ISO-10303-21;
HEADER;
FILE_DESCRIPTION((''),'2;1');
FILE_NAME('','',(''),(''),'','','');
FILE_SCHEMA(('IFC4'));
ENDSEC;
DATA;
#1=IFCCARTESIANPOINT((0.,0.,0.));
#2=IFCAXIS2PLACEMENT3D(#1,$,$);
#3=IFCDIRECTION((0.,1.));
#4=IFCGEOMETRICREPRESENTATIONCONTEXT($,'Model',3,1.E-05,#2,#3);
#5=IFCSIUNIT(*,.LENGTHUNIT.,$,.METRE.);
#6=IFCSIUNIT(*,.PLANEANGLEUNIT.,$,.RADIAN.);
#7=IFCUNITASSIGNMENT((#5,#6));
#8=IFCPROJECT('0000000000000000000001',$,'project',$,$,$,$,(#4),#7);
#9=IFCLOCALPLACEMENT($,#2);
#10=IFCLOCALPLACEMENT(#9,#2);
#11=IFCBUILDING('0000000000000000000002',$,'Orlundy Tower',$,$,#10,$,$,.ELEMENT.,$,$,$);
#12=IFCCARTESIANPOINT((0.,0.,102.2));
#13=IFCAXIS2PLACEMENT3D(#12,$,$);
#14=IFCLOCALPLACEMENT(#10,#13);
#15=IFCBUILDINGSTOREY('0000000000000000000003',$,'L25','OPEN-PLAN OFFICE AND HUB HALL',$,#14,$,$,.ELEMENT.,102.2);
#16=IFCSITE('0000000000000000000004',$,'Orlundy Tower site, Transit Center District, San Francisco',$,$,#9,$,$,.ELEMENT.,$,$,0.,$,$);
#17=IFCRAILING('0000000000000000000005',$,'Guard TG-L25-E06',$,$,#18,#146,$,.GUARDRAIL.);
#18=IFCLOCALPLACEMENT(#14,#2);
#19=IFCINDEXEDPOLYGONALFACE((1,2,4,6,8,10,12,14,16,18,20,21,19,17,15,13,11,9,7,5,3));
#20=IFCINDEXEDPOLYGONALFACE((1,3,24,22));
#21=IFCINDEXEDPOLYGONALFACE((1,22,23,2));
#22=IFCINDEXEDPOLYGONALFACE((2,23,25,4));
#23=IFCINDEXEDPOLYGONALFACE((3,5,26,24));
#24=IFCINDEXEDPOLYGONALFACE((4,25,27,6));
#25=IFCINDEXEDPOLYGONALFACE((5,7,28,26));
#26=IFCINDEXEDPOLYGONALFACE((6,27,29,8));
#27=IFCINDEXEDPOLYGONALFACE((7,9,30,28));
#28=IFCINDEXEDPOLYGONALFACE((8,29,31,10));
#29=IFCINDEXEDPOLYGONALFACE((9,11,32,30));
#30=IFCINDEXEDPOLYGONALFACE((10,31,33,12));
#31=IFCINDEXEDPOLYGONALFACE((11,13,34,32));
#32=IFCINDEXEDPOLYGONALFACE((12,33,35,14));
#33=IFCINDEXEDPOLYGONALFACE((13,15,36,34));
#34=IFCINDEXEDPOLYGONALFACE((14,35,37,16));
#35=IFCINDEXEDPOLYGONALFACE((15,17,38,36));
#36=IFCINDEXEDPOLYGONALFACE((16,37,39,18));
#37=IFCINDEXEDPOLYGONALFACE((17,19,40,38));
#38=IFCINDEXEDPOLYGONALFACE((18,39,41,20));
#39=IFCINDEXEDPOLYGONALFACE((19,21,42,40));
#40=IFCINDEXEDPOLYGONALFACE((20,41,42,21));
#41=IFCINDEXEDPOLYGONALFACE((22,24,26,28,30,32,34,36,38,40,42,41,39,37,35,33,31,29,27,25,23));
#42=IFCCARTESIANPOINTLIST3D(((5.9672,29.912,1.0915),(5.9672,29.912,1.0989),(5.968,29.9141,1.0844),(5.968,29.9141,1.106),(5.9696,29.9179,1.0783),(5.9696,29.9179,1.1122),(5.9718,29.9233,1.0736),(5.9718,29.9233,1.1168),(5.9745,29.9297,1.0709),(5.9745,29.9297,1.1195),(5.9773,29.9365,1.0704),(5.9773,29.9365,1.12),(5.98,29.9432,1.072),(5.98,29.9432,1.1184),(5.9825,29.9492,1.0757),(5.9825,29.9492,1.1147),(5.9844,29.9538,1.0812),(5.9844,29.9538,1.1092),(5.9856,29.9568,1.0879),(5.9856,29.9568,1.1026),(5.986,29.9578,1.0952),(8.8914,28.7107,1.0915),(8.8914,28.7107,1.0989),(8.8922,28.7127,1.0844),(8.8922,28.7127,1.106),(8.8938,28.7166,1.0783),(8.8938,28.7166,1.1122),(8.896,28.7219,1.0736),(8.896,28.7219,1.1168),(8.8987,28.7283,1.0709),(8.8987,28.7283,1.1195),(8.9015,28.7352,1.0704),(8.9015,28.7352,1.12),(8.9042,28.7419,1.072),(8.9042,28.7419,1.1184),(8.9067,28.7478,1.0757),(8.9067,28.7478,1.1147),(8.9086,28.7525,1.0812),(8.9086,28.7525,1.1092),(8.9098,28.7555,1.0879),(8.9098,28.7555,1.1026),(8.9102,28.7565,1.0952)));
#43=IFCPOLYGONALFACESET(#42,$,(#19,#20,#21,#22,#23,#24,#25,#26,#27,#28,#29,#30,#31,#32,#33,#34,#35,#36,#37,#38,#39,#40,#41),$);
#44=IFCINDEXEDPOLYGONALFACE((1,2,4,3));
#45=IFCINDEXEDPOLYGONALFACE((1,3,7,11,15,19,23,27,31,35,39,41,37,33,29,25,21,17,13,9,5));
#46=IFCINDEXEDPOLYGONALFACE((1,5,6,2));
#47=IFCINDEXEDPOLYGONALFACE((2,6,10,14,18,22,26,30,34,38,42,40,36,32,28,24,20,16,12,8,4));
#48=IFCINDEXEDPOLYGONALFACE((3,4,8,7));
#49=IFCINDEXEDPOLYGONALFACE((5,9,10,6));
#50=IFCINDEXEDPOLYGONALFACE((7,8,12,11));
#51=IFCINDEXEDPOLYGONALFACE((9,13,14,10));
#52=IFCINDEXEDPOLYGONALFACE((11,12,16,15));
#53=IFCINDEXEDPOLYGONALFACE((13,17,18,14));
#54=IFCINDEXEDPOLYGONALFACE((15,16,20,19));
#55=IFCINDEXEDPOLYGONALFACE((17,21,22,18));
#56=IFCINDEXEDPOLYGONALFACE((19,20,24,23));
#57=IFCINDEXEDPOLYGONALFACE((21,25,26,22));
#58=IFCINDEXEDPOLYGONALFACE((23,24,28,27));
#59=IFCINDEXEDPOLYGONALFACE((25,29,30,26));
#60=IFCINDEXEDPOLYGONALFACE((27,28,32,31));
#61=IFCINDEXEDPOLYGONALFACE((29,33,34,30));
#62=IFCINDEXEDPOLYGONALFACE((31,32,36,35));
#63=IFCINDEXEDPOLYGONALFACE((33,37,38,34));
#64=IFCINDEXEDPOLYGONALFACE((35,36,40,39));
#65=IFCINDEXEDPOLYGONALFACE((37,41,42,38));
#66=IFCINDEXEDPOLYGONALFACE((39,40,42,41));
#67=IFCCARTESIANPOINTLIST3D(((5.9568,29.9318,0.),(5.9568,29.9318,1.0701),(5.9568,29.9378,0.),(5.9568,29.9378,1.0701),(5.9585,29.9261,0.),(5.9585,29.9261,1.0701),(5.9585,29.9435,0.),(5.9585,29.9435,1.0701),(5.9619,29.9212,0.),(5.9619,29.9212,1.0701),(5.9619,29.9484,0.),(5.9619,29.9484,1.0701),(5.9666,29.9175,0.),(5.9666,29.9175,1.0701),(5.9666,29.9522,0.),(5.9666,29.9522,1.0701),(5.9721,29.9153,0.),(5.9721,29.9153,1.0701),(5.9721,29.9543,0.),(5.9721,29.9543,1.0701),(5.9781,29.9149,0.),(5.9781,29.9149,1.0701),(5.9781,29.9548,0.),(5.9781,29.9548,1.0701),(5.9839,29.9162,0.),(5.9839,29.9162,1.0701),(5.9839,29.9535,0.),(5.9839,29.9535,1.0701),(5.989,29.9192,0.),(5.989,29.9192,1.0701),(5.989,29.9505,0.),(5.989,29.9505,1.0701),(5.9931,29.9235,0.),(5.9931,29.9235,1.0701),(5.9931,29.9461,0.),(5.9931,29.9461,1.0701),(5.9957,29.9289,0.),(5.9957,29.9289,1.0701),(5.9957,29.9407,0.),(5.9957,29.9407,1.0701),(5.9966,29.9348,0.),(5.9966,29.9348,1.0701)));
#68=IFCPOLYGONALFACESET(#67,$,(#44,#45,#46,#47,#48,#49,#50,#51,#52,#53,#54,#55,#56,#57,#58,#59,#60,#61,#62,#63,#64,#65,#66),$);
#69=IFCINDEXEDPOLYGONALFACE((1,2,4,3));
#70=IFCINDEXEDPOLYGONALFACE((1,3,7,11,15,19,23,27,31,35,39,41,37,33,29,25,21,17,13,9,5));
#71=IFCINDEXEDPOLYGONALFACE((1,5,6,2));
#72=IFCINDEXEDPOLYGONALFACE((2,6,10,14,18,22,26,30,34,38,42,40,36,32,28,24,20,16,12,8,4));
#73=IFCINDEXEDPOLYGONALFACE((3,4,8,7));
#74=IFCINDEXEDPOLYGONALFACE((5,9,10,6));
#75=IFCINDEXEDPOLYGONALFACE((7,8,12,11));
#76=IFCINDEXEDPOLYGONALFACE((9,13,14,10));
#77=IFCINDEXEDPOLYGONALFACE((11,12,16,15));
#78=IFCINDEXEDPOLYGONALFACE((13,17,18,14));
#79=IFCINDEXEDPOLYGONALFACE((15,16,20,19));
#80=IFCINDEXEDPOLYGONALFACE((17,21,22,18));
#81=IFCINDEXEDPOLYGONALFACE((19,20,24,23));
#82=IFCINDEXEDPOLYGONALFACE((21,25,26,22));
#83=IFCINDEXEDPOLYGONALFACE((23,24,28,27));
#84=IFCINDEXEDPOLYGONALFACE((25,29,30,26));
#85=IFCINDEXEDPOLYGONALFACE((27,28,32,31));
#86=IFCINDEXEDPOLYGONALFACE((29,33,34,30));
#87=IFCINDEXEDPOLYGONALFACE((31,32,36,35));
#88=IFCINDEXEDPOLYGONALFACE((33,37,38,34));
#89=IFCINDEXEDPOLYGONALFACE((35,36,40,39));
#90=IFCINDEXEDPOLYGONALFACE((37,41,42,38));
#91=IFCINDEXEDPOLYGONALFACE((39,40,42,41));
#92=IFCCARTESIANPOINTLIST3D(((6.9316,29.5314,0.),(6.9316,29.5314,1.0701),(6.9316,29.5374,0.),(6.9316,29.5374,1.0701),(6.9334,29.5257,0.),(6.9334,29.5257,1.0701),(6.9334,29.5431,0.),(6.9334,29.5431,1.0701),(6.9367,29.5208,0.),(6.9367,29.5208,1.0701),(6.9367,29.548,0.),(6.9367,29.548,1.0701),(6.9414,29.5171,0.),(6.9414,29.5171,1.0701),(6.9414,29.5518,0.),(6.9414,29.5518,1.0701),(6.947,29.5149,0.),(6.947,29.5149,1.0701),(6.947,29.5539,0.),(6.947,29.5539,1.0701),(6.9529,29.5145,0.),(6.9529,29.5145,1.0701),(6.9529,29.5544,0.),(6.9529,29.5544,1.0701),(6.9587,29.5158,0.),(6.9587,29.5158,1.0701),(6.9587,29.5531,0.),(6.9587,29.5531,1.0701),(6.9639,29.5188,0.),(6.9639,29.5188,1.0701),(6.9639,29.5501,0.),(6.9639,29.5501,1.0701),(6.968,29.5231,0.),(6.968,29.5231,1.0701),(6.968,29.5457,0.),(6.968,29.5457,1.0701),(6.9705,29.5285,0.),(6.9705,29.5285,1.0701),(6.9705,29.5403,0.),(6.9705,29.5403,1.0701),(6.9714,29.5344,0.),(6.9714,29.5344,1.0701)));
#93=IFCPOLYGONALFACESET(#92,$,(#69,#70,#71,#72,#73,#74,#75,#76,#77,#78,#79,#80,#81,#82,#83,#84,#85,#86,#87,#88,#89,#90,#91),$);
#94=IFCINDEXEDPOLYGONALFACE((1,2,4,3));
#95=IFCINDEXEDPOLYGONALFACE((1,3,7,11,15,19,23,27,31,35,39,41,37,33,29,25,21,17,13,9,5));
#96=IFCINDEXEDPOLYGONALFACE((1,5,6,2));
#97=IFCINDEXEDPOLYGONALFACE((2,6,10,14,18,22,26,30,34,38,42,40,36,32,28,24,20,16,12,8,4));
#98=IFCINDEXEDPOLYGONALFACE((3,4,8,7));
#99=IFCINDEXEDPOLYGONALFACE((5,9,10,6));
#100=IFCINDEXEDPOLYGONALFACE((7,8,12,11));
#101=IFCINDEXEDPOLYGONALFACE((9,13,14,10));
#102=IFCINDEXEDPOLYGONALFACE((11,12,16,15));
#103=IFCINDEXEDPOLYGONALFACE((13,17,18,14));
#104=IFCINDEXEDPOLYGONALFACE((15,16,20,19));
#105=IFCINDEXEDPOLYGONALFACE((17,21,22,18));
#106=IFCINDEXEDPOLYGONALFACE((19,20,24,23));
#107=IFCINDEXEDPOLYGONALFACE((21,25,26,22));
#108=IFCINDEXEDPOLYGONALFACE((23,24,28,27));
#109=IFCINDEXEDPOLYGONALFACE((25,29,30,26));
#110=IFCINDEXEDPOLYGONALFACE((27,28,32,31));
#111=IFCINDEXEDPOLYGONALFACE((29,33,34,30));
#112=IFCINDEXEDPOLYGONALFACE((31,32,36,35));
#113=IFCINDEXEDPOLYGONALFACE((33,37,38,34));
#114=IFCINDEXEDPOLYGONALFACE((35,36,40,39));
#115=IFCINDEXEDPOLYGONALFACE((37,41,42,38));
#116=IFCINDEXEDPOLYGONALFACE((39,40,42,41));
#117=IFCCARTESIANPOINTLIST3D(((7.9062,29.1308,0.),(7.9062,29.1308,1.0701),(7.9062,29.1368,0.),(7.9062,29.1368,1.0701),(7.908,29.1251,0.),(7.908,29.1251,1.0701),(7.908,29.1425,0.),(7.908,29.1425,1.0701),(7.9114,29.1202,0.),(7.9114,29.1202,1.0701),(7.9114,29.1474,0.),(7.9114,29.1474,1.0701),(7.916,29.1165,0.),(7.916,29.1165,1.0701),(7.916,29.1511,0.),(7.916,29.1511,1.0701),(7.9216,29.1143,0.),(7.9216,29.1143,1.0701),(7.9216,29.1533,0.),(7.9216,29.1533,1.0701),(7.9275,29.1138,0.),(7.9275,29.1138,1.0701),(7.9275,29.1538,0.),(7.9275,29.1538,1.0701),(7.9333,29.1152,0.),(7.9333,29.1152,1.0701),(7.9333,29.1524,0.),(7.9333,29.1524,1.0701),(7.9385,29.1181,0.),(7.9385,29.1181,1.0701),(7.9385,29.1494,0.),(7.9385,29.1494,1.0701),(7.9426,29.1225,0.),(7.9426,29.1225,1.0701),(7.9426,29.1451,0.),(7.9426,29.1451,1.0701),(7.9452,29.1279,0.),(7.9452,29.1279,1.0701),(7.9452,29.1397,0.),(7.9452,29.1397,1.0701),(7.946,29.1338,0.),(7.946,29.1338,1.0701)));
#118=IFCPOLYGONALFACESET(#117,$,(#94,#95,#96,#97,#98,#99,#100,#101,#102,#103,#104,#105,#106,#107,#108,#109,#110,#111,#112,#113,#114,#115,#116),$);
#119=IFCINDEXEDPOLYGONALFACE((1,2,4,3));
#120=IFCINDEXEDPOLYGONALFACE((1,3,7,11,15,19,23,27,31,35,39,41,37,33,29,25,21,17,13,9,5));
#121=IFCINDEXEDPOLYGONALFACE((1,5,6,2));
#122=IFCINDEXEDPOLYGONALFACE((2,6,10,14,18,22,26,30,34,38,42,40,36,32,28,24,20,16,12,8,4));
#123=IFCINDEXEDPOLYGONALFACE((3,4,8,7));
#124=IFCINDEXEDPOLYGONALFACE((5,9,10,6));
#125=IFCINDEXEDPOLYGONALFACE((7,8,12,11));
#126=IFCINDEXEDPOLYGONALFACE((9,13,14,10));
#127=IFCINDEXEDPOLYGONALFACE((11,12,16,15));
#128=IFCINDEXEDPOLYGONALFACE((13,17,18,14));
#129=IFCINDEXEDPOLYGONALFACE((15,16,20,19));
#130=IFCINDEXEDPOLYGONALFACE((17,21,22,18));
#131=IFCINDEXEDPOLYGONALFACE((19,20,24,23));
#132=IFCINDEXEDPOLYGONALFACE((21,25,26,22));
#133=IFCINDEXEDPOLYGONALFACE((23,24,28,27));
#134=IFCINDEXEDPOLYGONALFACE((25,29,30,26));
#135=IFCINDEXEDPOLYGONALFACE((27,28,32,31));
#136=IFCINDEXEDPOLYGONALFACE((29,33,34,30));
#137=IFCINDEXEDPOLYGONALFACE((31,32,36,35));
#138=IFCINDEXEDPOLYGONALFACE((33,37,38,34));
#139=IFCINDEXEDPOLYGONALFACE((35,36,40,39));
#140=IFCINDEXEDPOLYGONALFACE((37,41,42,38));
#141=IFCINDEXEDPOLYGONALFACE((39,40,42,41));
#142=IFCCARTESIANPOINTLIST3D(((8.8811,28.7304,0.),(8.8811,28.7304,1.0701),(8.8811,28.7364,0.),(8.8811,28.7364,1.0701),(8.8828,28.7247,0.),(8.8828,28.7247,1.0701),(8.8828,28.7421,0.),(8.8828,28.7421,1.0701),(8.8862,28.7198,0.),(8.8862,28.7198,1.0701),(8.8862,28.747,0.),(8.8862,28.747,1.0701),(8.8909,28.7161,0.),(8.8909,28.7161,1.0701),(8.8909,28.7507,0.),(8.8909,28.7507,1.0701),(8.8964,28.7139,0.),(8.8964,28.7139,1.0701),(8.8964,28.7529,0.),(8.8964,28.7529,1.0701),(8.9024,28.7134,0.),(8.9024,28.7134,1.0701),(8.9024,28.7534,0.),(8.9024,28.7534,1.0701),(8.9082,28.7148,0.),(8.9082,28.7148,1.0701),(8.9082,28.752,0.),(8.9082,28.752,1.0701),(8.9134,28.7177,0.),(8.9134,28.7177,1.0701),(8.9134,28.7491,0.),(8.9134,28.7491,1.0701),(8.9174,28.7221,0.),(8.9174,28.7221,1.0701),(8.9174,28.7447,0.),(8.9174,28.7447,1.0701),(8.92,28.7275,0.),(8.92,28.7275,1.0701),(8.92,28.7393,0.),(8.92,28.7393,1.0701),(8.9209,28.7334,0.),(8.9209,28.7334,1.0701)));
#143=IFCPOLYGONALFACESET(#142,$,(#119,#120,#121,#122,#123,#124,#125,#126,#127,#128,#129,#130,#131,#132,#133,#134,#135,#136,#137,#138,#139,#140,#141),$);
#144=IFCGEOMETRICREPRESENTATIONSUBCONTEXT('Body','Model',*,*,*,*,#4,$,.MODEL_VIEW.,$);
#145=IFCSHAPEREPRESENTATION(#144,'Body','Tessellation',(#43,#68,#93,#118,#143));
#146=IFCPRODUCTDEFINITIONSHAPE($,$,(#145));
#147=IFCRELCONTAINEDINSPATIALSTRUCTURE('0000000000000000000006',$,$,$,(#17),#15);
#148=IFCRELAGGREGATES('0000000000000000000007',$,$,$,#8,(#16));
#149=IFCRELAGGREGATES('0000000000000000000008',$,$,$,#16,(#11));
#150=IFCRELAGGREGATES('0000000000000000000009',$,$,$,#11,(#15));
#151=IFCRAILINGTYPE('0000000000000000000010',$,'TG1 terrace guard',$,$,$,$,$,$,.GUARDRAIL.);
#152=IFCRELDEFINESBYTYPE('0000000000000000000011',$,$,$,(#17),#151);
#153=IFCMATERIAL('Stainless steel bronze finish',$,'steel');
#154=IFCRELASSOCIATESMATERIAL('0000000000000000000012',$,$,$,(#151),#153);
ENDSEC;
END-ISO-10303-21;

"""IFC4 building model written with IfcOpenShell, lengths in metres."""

from ifc_helpers import new_model, si_unit, direction, frame, origin, origin_2d, place, context, subcontext, project, spatial, circle, extrude, material, type_object, element, save


model = new_model("IFC4")

# Units and contexts
model_context = context("Model", 3, precision=1e-05, world=origin(), true_north=direction((0.0, 1.0)))
body_context = subcontext(model_context, "Body", "Model", "MODEL_VIEW")
ifc_project = project(units=[si_unit("LENGTHUNIT", "METRE"), si_unit("PLANEANGLEUNIT", "RADIAN")], contexts=[model_context])

# Site, building, storey
site_placement = place(None, origin())
site = spatial("IfcSite", under=ifc_project, at=site_placement, Name="Orlundy Tower site, Transit Center District, San Francisco", CompositionType="ELEMENT", RefElevation=0.0)
building_placement = place(site_placement, origin())
building = spatial("IfcBuilding", under=site, at=building_placement, Name="Orlundy Tower", CompositionType="ELEMENT")
storey_placement = place(building_placement, frame((0.0, 0.0, 102.2)))
storey = spatial("IfcBuildingStorey", under=building, at=storey_placement, Name="L25", Description="OPEN-PLAN OFFICE AND HUB HALL", CompositionType="ELEMENT", Elevation=102.2)

# Railing
ifc_material_1 = material(Name="Stainless steel bronze finish", Category="steel")
railing_type_1 = type_object("IfcRailingType", Name="TG1 terrace guard", PredefinedType="GUARDRAIL", material=ifc_material_1)
railing_1_placement = place(storey_placement, frame((5.9766, 29.9348, 0.0)))
element("IfcRailing", 1, at=railing_1_placement, inside=storey, type_object=railing_type_1, Name="Guard TG-L25-E06", PredefinedType="GUARDRAIL", context=body_context, shape_type="SweptSolid", body=[
    extrude(circle(Radius=0.0249, at=origin_2d()), frame((0.0, 0.0, 1.0952), z_axis=(0.92498, -0.380016, 0.0), x_axis=(0.380016, 0.92498, 0.0)), (0.0, 0.0, 1.0), 3.1614),
    extrude(circle(Radius=0.02, at=origin_2d()), origin(), (0.0, 0.0, 1.0), 1.0701),
    extrude(circle(Radius=0.02, at=origin_2d()), frame((0.9749, -0.4004, 0.0)), (0.0, 0.0, 1.0), 1.0701),
    extrude(circle(Radius=0.02, at=origin_2d()), frame((1.9495, -0.801, 0.0)), (0.0, 0.0, 1.0), 1.0701),
    extrude(circle(Radius=0.02, at=origin_2d()), frame((2.9243, -1.2014, 0.0)), (0.0, 0.0, 1.0), 1.0701),
])

save(model, "model.ifc")
